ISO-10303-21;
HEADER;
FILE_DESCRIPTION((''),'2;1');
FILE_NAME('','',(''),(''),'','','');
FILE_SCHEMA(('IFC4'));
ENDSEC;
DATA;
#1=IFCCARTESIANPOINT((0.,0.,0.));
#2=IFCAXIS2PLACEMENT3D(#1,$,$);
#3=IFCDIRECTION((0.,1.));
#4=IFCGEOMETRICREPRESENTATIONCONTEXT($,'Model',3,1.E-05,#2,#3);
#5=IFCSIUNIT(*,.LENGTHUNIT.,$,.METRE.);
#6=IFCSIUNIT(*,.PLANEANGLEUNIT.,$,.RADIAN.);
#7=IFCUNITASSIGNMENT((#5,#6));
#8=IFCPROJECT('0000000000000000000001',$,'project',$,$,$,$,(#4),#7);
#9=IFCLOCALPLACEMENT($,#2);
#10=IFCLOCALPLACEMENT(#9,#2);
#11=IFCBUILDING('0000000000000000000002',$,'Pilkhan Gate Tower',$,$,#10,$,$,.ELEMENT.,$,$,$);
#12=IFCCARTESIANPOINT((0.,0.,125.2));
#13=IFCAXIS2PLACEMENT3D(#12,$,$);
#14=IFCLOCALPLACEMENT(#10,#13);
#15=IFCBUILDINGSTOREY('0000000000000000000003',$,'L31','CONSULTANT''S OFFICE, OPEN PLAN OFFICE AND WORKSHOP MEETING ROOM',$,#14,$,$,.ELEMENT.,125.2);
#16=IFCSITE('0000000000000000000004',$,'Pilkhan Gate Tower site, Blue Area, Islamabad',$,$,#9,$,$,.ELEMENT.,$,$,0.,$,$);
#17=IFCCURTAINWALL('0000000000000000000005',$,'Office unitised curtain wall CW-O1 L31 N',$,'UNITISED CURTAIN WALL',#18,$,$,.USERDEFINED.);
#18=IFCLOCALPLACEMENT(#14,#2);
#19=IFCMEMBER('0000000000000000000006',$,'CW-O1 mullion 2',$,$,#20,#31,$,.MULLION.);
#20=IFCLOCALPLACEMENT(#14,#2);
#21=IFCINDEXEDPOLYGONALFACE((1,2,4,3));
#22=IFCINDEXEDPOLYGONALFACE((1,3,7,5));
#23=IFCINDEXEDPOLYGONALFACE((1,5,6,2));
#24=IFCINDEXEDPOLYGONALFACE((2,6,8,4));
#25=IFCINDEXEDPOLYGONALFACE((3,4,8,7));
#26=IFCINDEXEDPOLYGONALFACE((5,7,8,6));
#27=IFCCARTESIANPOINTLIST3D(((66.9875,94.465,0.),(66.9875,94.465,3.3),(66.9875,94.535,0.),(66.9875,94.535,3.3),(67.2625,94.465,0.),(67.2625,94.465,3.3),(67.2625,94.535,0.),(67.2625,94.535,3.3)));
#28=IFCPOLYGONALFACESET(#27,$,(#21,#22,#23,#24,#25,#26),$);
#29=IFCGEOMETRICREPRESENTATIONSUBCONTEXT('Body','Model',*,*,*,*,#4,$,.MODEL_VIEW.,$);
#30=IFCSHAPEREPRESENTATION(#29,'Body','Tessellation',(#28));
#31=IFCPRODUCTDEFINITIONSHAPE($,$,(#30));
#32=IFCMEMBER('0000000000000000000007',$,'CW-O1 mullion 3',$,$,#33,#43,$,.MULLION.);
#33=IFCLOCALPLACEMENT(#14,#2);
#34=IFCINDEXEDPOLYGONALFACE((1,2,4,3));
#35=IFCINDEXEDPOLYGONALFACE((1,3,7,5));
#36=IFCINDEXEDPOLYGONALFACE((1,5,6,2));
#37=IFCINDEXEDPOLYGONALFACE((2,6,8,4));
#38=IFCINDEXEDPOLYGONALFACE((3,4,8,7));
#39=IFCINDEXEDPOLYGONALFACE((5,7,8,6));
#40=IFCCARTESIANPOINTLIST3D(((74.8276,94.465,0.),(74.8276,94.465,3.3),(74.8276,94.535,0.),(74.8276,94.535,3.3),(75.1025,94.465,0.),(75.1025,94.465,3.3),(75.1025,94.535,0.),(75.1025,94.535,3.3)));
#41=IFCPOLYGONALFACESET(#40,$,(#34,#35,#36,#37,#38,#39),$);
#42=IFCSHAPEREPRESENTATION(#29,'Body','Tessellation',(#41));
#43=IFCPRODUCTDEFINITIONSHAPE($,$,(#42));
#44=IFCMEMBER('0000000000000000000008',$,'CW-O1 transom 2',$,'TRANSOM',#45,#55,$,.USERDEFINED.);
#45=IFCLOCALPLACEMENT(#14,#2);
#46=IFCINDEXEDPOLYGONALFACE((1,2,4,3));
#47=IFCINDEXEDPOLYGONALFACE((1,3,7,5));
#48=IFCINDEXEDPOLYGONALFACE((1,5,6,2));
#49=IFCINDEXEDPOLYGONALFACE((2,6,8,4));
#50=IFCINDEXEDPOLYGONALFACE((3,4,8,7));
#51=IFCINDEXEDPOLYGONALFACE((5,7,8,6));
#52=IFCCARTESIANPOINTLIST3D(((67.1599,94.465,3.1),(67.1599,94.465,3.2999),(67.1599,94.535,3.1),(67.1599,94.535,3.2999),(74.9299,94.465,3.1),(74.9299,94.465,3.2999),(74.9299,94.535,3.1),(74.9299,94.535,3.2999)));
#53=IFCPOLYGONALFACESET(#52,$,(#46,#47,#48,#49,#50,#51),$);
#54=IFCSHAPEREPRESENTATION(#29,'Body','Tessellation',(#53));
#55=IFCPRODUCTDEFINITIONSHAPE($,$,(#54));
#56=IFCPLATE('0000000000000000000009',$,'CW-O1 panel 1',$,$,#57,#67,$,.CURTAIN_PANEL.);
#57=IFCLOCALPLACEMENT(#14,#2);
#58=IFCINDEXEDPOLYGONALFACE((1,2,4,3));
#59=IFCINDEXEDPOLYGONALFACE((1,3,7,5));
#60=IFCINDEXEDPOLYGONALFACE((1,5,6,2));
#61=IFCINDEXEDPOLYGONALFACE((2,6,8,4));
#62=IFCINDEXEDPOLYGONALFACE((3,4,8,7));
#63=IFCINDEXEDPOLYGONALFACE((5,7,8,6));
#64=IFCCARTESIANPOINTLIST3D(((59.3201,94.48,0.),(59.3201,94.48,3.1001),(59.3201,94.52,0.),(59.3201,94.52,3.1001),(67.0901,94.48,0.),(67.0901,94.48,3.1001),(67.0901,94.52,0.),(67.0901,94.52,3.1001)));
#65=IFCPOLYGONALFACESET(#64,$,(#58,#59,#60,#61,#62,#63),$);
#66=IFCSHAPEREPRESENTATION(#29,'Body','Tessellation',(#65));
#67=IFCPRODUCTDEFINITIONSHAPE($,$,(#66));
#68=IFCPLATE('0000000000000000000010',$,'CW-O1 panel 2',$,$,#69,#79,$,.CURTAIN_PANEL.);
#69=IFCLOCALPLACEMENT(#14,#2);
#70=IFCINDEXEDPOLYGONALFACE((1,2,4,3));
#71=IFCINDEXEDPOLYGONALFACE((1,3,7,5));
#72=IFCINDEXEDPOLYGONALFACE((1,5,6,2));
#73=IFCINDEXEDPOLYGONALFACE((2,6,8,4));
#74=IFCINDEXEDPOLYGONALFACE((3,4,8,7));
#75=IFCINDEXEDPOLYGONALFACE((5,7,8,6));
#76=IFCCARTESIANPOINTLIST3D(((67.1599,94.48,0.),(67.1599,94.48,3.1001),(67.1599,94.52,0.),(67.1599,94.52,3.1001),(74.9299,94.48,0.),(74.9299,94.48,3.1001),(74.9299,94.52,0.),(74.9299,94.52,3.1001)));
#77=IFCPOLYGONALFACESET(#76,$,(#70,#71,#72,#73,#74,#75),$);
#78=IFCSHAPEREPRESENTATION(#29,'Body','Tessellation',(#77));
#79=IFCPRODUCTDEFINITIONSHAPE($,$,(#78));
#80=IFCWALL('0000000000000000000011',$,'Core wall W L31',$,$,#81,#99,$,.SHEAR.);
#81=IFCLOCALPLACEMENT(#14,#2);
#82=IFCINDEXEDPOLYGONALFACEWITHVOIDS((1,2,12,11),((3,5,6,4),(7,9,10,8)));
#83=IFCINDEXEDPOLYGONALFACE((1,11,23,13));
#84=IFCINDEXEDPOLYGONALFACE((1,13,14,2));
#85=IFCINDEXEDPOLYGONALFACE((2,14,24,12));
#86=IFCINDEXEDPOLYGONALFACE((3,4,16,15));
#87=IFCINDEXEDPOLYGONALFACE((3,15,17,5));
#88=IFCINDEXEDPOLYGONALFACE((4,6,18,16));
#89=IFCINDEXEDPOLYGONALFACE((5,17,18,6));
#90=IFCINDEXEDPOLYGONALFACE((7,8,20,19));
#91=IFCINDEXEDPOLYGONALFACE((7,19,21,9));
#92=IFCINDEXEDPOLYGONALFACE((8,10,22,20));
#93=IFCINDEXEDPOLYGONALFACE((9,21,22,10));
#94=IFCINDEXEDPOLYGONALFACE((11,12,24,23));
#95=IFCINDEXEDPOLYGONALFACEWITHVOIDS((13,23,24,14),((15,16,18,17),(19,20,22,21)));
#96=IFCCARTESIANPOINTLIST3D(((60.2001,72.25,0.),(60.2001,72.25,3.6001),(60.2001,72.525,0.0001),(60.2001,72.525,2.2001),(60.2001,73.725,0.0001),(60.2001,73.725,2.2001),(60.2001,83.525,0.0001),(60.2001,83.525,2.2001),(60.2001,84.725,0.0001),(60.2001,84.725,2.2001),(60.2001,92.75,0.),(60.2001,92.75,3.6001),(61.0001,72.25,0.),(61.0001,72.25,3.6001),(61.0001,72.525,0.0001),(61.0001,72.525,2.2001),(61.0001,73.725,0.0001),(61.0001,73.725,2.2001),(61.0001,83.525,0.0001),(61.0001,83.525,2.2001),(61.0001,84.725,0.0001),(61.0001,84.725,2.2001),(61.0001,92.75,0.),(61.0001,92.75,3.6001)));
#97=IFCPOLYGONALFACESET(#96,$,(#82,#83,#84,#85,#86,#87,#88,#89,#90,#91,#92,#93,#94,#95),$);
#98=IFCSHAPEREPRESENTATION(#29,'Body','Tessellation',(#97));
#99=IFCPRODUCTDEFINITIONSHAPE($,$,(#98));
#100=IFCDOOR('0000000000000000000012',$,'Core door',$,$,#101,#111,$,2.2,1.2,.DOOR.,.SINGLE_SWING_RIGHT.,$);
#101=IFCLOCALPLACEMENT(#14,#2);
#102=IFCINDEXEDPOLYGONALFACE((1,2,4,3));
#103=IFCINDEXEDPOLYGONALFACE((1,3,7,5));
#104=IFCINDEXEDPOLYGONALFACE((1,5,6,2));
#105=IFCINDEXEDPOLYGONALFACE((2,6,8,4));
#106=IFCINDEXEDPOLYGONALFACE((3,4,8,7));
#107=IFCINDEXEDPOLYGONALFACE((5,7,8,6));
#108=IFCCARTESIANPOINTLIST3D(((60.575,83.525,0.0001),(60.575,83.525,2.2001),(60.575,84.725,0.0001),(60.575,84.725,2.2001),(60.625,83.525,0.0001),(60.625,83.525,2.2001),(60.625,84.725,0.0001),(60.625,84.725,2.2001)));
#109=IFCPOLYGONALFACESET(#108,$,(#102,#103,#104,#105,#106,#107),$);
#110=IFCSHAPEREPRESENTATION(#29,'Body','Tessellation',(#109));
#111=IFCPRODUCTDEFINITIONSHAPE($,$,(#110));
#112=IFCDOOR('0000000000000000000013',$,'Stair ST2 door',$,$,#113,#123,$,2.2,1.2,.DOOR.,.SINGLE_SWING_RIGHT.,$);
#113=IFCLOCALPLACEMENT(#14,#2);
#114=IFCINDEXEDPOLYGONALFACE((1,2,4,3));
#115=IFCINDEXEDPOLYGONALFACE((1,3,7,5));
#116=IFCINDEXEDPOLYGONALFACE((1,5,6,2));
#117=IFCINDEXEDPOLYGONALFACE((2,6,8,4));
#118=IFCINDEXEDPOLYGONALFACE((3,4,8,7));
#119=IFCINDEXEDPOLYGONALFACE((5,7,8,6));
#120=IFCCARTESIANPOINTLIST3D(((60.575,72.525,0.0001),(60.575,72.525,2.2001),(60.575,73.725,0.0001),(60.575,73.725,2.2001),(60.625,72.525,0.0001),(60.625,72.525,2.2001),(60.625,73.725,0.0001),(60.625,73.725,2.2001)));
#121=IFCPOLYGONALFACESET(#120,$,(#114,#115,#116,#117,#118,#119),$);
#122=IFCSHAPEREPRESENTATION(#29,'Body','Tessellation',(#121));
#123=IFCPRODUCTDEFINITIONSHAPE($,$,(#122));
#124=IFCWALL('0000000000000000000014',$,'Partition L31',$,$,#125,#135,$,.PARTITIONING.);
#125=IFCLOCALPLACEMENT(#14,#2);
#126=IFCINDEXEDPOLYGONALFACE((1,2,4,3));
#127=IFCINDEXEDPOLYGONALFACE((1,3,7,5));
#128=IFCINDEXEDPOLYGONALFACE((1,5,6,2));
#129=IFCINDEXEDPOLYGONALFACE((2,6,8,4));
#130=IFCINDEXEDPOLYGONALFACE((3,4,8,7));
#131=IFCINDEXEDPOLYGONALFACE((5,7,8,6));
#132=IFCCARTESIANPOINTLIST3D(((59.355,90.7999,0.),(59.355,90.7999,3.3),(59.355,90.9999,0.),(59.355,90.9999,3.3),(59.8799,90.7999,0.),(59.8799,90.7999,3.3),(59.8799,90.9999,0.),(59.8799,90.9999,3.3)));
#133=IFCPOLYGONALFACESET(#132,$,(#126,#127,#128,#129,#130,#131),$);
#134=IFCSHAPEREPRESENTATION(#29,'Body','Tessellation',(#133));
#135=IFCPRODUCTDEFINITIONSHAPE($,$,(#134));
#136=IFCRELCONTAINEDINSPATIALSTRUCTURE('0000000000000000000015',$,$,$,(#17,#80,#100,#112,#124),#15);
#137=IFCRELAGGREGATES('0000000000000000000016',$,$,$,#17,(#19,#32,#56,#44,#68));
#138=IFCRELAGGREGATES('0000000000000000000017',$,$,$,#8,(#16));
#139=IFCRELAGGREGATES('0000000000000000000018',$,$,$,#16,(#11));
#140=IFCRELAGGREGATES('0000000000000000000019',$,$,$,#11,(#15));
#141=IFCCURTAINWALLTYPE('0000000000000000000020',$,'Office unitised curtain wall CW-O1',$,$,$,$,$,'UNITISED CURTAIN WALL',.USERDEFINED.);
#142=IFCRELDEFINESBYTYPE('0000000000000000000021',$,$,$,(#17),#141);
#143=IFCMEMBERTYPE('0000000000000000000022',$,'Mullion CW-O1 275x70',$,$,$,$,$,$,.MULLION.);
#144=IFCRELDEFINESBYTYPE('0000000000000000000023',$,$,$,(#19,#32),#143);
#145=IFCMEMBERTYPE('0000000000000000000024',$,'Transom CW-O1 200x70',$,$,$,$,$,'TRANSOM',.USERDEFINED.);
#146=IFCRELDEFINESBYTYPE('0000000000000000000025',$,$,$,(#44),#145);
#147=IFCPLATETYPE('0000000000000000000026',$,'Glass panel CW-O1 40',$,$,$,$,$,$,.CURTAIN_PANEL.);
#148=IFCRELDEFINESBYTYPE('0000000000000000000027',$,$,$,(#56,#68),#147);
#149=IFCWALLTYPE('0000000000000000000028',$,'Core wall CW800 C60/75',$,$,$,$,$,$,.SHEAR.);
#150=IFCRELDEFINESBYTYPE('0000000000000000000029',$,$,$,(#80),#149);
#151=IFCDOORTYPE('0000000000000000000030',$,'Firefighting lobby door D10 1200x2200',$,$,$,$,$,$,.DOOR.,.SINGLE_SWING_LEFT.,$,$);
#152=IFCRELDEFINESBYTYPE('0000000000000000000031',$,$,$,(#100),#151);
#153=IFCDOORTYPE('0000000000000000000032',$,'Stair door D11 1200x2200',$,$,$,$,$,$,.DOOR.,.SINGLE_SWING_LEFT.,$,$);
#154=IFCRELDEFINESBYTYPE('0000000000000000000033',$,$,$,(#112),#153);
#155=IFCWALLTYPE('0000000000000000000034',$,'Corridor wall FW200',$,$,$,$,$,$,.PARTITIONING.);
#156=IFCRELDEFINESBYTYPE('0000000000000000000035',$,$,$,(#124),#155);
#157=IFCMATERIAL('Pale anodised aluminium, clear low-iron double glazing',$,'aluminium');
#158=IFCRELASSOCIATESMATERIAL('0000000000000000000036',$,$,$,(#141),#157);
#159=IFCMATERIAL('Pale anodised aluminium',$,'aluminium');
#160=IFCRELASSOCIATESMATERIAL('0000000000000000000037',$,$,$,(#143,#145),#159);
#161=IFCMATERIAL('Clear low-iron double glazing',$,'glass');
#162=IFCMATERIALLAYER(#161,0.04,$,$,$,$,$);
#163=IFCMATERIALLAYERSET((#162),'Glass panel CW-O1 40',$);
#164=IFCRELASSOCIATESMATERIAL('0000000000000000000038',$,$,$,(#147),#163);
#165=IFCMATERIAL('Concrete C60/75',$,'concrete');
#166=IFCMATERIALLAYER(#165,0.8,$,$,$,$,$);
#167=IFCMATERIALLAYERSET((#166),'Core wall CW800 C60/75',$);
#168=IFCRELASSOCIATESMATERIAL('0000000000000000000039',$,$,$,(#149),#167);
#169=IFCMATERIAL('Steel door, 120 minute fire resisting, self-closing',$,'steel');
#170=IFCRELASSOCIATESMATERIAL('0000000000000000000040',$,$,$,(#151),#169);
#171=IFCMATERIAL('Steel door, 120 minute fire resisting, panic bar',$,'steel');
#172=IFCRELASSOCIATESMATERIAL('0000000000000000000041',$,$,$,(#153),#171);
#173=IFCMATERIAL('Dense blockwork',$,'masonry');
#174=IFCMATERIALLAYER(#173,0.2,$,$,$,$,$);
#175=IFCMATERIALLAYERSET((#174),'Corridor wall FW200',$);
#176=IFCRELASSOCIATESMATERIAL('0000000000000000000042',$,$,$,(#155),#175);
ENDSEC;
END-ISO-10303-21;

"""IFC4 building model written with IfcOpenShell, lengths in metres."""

from ifc_helpers import new_model, si_unit, direction, frame, frame_2d, origin, origin_2d, place, context, subcontext, project, spatial, rectangle, extrude, material, layer, layer_set, material_profile, profile_set, type_object, element, fill, aggregate, save


model = new_model("IFC4")

# Units and contexts
model_context = context("Model", 3, precision=1e-05, world=origin(), true_north=direction((0.0, 1.0)))
body_context = subcontext(model_context, "Body", "Model", "MODEL_VIEW")
ifc_project = project(units=[si_unit("LENGTHUNIT", "METRE"), si_unit("PLANEANGLEUNIT", "RADIAN")], contexts=[model_context])

# Site, building, storey
site_placement = place(None, origin())
site = spatial("IfcSite", under=ifc_project, at=site_placement, Name="Pilkhan Gate Tower site, Blue Area, Islamabad", CompositionType="ELEMENT", RefElevation=0.0)
building_placement = place(site_placement, origin())
building = spatial("IfcBuilding", under=site, at=building_placement, Name="Pilkhan Gate Tower", CompositionType="ELEMENT")
storey_placement = place(building_placement, frame((0.0, 0.0, 125.2)))
storey = spatial("IfcBuildingStorey", under=building, at=storey_placement, Name="L31", Description="CONSULTANT'S OFFICE, OPEN PLAN OFFICE AND WORKSHOP MEETING ROOM", CompositionType="ELEMENT", Elevation=125.2)

# Curtain wall, members, plates
ifc_material_1 = material(Name="Pale anodised aluminium, clear low-iron double glazing", Category="aluminium")
curtain_wall_type = type_object("IfcCurtainWallType", Name="Office unitised curtain wall CW-O1", ElementType="UNITISED CURTAIN WALL", PredefinedType="USERDEFINED", material=ifc_material_1)
curtain_wall_placement = place(storey_placement, origin())
curtain_wall = element("IfcCurtainWall", 1, at=curtain_wall_placement, inside=storey, type_object=curtain_wall_type, Name="Office unitised curtain wall CW-O1 L31 N", ObjectType="UNITISED CURTAIN WALL", PredefinedType="USERDEFINED")
ifc_material_2 = material(Name="Pale anodised aluminium", Category="aluminium")
ifc_material_profile_1 = material_profile(ifc_material_2, rectangle(XDim=0.0701, YDim=0.2749, at=origin_2d()), Name="Mullion 275x70")
ifc_profile_set_1 = profile_set([ifc_material_profile_1], Name="Pale anodised aluminium")
member_type_1 = type_object("IfcMemberType", Name="Mullion CW-O1 275x70", PredefinedType="MULLION", material=ifc_profile_set_1)
member_1_placement = place(storey_placement, frame((67.125, 94.5, 0.0), z_axis=(0.0, 0.0, 1.0), x_axis=(0.0, 1.0, 0.0)))
member_1 = element("IfcMember", 2, at=member_1_placement, type_object=member_type_1, Name="CW-O1 mullion 2", PredefinedType="MULLION", context=body_context, shape_type="SweptSolid", body=[
    extrude(rectangle(XDim=0.0701, YDim=0.2749, at=origin_2d()), origin(), (0.0, 0.0, 1.0), 3.3),
])
member_2_placement = place(storey_placement, frame((74.9651, 94.5, 0.0), z_axis=(0.0, 0.0, 1.0), x_axis=(0.0, 1.0, 0.0)))
member_2 = element("IfcMember", 3, at=member_2_placement, type_object=member_type_1, Name="CW-O1 mullion 3", PredefinedType="MULLION", context=body_context, shape_type="SweptSolid", body=[
    extrude(rectangle(XDim=0.0701, YDim=0.2749, at=origin_2d()), origin(), (0.0, 0.0, 1.0), 3.3),
])
ifc_material_profile_2 = material_profile(ifc_material_2, rectangle(XDim=0.0701, YDim=0.2, at=origin_2d()), Name="Transom 200x70")
ifc_profile_set_2 = profile_set([ifc_material_profile_2], Name="Pale anodised aluminium")
member_type_2 = type_object("IfcMemberType", Name="Transom CW-O1 200x70", ElementType="TRANSOM", PredefinedType="USERDEFINED", material=ifc_profile_set_2)
member_3_placement = place(storey_placement, frame((67.1599, 94.5, 3.2), z_axis=(1.0, 0.0, 0.0), x_axis=(0.0, 1.0, 0.0)))
member_3 = element("IfcMember", 4, at=member_3_placement, type_object=member_type_2, Name="CW-O1 transom 2", ObjectType="TRANSOM", PredefinedType="USERDEFINED", context=body_context, shape_type="SweptSolid", body=[
    extrude(rectangle(XDim=0.0701, YDim=0.2, at=origin_2d()), origin(), (0.0, 0.0, 1.0), 7.77),
])
ifc_material_3 = material(Name="Clear low-iron double glazing", Category="glass")
ifc_layer_1 = layer(ifc_material_3, 0.04)
ifc_layer_set_1 = layer_set([ifc_layer_1], Name="Glass panel CW-O1 40")
plate_type = type_object("IfcPlateType", Name="Glass panel CW-O1 40", PredefinedType="CURTAIN_PANEL", material=ifc_layer_set_1)
plate_1_placement = place(storey_placement, frame((63.2051, 94.5, 0.0), z_axis=(0.0, 0.0, 1.0), x_axis=(1.0, 0.0, 0.0)))
plate_1 = element("IfcPlate", 5, at=plate_1_placement, type_object=plate_type, Name="CW-O1 panel 1", PredefinedType="CURTAIN_PANEL", context=body_context, shape_type="SweptSolid", body=[
    extrude(rectangle(XDim=7.77, YDim=0.04, at=origin_2d()), origin(), (0.0, 0.0, 1.0), 3.1001),
])
plate_2_placement = place(storey_placement, frame((71.0449, 94.5, 0.0), z_axis=(0.0, 0.0, 1.0), x_axis=(1.0, 0.0, 0.0)))
plate_2 = element("IfcPlate", 6, at=plate_2_placement, type_object=plate_type, Name="CW-O1 panel 2", PredefinedType="CURTAIN_PANEL", context=body_context, shape_type="SweptSolid", body=[
    extrude(rectangle(XDim=7.77, YDim=0.04, at=origin_2d()), origin(), (0.0, 0.0, 1.0), 3.1001),
])
aggregate(curtain_wall, [member_1, member_2, plate_1, member_3, plate_2])

# Wall, openings, doors
ifc_material_4 = material(Name="Concrete C60/75", Category="concrete")
ifc_layer_2 = layer(ifc_material_4, 0.8)
ifc_layer_set_2 = layer_set([ifc_layer_2], Name="Core wall CW800 C60/75")
wall_type_1 = type_object("IfcWallType", Name="Core wall CW800 C60/75", PredefinedType="SHEAR", material=ifc_layer_set_2)
wall_1_placement = place(storey_placement, frame((60.6001, 92.75, 0.0), z_axis=(0.0, 0.0, 1.0), x_axis=(0.0, -1.0, 0.0)))
wall_1 = element("IfcWall", 7, at=wall_1_placement, inside=storey, type_object=wall_type_1, Name="Core wall W L31", PredefinedType="SHEAR", context=body_context, shape_type="SweptSolid", body=[
    extrude(rectangle(XDim=20.5, YDim=0.8, at=frame_2d((10.25, 0.0))), origin(), (0.0, 0.0, 1.0), 3.6001),
])
opening_1_placement = place(wall_1_placement, frame((19.0249, 0.0, 0.0)))
opening_1 = element("IfcOpeningElement", 8, at=opening_1_placement, cuts=wall_1, PredefinedType="OPENING", context=body_context, shape_type="SweptSolid", body=[
    extrude(rectangle(XDim=1.2, YDim=2.2, at=frame_2d((0.6001, 1.1001))), frame((0.0, 0.4099, 0.0), z_axis=(0.0, -1.0, 0.0), x_axis=(1.0, 0.0, 0.0)), (0.0, 0.0, 1.0), 0.8201),
])
opening_2_placement = place(wall_1_placement, frame((8.0249, 0.0, 0.0)))
opening_2 = element("IfcOpeningElement", 9, at=opening_2_placement, cuts=wall_1, PredefinedType="OPENING", context=body_context, shape_type="SweptSolid", body=[
    extrude(rectangle(XDim=1.2, YDim=2.2, at=frame_2d((0.6001, 1.1001))), frame((0.0, 0.4099, 0.0), z_axis=(0.0, -1.0, 0.0), x_axis=(1.0, 0.0, 0.0)), (0.0, 0.0, 1.0), 0.8201),
])
ifc_material_5 = material(Name="Steel door, 120 minute fire resisting, self-closing", Category="steel")
door_type_1 = type_object("IfcDoorType", Name="Firefighting lobby door D10 1200x2200", OperationType="SINGLE_SWING_LEFT", PredefinedType="DOOR", material=ifc_material_5)
door_1_placement = place(opening_2_placement, origin())
door_1 = element("IfcDoor", 10, at=door_1_placement, inside=storey, type_object=door_type_1, Name="Core door", OperationType="SINGLE_SWING_RIGHT", OverallHeight=2.2, OverallWidth=1.2, PredefinedType="DOOR", context=body_context, shape_type="SweptSolid", body=[
    extrude(rectangle(XDim=1.2, YDim=2.2, at=frame_2d((0.6001, 1.1001))), frame((0.0, 0.0249, 0.0), z_axis=(0.0, -1.0, 0.0), x_axis=(1.0, 0.0, 0.0)), (0.0, 0.0, 1.0), 0.05),
])
fill(opening_2, door_1)
ifc_material_6 = material(Name="Steel door, 120 minute fire resisting, panic bar", Category="steel")
door_type_2 = type_object("IfcDoorType", Name="Stair door D11 1200x2200", OperationType="SINGLE_SWING_LEFT", PredefinedType="DOOR", material=ifc_material_6)
door_2_placement = place(opening_1_placement, origin())
door_2 = element("IfcDoor", 11, at=door_2_placement, inside=storey, type_object=door_type_2, Name="Stair ST2 door", OperationType="SINGLE_SWING_RIGHT", OverallHeight=2.2, OverallWidth=1.2, PredefinedType="DOOR", context=body_context, shape_type="SweptSolid", body=[
    extrude(rectangle(XDim=1.2, YDim=2.2, at=frame_2d((0.6001, 1.1001))), frame((0.0, 0.0249, 0.0), z_axis=(0.0, -1.0, 0.0), x_axis=(1.0, 0.0, 0.0)), (0.0, 0.0, 1.0), 0.05),
])
fill(opening_1, door_2)

# Wall
ifc_material_7 = material(Name="Dense blockwork", Category="masonry")
ifc_layer_3 = layer(ifc_material_7, 0.2)
ifc_layer_set_3 = layer_set([ifc_layer_3], Name="Corridor wall FW200")
wall_type_2 = type_object("IfcWallType", Name="Corridor wall FW200", PredefinedType="PARTITIONING", material=ifc_layer_set_3)
wall_2_placement = place(storey_placement, frame((59.355, 90.8999, 0.0), z_axis=(0.0, 0.0, 1.0), x_axis=(1.0, 0.0, 0.0)))
element("IfcWall", 12, at=wall_2_placement, inside=storey, type_object=wall_type_2, Name="Partition L31", PredefinedType="PARTITIONING", context=body_context, shape_type="SweptSolid", body=[
    extrude(rectangle(XDim=0.5249, YDim=0.2, at=frame_2d((0.2625, 0.0))), origin(), (0.0, 0.0, 1.0), 3.3),
])

save(model, "model.ifc")
